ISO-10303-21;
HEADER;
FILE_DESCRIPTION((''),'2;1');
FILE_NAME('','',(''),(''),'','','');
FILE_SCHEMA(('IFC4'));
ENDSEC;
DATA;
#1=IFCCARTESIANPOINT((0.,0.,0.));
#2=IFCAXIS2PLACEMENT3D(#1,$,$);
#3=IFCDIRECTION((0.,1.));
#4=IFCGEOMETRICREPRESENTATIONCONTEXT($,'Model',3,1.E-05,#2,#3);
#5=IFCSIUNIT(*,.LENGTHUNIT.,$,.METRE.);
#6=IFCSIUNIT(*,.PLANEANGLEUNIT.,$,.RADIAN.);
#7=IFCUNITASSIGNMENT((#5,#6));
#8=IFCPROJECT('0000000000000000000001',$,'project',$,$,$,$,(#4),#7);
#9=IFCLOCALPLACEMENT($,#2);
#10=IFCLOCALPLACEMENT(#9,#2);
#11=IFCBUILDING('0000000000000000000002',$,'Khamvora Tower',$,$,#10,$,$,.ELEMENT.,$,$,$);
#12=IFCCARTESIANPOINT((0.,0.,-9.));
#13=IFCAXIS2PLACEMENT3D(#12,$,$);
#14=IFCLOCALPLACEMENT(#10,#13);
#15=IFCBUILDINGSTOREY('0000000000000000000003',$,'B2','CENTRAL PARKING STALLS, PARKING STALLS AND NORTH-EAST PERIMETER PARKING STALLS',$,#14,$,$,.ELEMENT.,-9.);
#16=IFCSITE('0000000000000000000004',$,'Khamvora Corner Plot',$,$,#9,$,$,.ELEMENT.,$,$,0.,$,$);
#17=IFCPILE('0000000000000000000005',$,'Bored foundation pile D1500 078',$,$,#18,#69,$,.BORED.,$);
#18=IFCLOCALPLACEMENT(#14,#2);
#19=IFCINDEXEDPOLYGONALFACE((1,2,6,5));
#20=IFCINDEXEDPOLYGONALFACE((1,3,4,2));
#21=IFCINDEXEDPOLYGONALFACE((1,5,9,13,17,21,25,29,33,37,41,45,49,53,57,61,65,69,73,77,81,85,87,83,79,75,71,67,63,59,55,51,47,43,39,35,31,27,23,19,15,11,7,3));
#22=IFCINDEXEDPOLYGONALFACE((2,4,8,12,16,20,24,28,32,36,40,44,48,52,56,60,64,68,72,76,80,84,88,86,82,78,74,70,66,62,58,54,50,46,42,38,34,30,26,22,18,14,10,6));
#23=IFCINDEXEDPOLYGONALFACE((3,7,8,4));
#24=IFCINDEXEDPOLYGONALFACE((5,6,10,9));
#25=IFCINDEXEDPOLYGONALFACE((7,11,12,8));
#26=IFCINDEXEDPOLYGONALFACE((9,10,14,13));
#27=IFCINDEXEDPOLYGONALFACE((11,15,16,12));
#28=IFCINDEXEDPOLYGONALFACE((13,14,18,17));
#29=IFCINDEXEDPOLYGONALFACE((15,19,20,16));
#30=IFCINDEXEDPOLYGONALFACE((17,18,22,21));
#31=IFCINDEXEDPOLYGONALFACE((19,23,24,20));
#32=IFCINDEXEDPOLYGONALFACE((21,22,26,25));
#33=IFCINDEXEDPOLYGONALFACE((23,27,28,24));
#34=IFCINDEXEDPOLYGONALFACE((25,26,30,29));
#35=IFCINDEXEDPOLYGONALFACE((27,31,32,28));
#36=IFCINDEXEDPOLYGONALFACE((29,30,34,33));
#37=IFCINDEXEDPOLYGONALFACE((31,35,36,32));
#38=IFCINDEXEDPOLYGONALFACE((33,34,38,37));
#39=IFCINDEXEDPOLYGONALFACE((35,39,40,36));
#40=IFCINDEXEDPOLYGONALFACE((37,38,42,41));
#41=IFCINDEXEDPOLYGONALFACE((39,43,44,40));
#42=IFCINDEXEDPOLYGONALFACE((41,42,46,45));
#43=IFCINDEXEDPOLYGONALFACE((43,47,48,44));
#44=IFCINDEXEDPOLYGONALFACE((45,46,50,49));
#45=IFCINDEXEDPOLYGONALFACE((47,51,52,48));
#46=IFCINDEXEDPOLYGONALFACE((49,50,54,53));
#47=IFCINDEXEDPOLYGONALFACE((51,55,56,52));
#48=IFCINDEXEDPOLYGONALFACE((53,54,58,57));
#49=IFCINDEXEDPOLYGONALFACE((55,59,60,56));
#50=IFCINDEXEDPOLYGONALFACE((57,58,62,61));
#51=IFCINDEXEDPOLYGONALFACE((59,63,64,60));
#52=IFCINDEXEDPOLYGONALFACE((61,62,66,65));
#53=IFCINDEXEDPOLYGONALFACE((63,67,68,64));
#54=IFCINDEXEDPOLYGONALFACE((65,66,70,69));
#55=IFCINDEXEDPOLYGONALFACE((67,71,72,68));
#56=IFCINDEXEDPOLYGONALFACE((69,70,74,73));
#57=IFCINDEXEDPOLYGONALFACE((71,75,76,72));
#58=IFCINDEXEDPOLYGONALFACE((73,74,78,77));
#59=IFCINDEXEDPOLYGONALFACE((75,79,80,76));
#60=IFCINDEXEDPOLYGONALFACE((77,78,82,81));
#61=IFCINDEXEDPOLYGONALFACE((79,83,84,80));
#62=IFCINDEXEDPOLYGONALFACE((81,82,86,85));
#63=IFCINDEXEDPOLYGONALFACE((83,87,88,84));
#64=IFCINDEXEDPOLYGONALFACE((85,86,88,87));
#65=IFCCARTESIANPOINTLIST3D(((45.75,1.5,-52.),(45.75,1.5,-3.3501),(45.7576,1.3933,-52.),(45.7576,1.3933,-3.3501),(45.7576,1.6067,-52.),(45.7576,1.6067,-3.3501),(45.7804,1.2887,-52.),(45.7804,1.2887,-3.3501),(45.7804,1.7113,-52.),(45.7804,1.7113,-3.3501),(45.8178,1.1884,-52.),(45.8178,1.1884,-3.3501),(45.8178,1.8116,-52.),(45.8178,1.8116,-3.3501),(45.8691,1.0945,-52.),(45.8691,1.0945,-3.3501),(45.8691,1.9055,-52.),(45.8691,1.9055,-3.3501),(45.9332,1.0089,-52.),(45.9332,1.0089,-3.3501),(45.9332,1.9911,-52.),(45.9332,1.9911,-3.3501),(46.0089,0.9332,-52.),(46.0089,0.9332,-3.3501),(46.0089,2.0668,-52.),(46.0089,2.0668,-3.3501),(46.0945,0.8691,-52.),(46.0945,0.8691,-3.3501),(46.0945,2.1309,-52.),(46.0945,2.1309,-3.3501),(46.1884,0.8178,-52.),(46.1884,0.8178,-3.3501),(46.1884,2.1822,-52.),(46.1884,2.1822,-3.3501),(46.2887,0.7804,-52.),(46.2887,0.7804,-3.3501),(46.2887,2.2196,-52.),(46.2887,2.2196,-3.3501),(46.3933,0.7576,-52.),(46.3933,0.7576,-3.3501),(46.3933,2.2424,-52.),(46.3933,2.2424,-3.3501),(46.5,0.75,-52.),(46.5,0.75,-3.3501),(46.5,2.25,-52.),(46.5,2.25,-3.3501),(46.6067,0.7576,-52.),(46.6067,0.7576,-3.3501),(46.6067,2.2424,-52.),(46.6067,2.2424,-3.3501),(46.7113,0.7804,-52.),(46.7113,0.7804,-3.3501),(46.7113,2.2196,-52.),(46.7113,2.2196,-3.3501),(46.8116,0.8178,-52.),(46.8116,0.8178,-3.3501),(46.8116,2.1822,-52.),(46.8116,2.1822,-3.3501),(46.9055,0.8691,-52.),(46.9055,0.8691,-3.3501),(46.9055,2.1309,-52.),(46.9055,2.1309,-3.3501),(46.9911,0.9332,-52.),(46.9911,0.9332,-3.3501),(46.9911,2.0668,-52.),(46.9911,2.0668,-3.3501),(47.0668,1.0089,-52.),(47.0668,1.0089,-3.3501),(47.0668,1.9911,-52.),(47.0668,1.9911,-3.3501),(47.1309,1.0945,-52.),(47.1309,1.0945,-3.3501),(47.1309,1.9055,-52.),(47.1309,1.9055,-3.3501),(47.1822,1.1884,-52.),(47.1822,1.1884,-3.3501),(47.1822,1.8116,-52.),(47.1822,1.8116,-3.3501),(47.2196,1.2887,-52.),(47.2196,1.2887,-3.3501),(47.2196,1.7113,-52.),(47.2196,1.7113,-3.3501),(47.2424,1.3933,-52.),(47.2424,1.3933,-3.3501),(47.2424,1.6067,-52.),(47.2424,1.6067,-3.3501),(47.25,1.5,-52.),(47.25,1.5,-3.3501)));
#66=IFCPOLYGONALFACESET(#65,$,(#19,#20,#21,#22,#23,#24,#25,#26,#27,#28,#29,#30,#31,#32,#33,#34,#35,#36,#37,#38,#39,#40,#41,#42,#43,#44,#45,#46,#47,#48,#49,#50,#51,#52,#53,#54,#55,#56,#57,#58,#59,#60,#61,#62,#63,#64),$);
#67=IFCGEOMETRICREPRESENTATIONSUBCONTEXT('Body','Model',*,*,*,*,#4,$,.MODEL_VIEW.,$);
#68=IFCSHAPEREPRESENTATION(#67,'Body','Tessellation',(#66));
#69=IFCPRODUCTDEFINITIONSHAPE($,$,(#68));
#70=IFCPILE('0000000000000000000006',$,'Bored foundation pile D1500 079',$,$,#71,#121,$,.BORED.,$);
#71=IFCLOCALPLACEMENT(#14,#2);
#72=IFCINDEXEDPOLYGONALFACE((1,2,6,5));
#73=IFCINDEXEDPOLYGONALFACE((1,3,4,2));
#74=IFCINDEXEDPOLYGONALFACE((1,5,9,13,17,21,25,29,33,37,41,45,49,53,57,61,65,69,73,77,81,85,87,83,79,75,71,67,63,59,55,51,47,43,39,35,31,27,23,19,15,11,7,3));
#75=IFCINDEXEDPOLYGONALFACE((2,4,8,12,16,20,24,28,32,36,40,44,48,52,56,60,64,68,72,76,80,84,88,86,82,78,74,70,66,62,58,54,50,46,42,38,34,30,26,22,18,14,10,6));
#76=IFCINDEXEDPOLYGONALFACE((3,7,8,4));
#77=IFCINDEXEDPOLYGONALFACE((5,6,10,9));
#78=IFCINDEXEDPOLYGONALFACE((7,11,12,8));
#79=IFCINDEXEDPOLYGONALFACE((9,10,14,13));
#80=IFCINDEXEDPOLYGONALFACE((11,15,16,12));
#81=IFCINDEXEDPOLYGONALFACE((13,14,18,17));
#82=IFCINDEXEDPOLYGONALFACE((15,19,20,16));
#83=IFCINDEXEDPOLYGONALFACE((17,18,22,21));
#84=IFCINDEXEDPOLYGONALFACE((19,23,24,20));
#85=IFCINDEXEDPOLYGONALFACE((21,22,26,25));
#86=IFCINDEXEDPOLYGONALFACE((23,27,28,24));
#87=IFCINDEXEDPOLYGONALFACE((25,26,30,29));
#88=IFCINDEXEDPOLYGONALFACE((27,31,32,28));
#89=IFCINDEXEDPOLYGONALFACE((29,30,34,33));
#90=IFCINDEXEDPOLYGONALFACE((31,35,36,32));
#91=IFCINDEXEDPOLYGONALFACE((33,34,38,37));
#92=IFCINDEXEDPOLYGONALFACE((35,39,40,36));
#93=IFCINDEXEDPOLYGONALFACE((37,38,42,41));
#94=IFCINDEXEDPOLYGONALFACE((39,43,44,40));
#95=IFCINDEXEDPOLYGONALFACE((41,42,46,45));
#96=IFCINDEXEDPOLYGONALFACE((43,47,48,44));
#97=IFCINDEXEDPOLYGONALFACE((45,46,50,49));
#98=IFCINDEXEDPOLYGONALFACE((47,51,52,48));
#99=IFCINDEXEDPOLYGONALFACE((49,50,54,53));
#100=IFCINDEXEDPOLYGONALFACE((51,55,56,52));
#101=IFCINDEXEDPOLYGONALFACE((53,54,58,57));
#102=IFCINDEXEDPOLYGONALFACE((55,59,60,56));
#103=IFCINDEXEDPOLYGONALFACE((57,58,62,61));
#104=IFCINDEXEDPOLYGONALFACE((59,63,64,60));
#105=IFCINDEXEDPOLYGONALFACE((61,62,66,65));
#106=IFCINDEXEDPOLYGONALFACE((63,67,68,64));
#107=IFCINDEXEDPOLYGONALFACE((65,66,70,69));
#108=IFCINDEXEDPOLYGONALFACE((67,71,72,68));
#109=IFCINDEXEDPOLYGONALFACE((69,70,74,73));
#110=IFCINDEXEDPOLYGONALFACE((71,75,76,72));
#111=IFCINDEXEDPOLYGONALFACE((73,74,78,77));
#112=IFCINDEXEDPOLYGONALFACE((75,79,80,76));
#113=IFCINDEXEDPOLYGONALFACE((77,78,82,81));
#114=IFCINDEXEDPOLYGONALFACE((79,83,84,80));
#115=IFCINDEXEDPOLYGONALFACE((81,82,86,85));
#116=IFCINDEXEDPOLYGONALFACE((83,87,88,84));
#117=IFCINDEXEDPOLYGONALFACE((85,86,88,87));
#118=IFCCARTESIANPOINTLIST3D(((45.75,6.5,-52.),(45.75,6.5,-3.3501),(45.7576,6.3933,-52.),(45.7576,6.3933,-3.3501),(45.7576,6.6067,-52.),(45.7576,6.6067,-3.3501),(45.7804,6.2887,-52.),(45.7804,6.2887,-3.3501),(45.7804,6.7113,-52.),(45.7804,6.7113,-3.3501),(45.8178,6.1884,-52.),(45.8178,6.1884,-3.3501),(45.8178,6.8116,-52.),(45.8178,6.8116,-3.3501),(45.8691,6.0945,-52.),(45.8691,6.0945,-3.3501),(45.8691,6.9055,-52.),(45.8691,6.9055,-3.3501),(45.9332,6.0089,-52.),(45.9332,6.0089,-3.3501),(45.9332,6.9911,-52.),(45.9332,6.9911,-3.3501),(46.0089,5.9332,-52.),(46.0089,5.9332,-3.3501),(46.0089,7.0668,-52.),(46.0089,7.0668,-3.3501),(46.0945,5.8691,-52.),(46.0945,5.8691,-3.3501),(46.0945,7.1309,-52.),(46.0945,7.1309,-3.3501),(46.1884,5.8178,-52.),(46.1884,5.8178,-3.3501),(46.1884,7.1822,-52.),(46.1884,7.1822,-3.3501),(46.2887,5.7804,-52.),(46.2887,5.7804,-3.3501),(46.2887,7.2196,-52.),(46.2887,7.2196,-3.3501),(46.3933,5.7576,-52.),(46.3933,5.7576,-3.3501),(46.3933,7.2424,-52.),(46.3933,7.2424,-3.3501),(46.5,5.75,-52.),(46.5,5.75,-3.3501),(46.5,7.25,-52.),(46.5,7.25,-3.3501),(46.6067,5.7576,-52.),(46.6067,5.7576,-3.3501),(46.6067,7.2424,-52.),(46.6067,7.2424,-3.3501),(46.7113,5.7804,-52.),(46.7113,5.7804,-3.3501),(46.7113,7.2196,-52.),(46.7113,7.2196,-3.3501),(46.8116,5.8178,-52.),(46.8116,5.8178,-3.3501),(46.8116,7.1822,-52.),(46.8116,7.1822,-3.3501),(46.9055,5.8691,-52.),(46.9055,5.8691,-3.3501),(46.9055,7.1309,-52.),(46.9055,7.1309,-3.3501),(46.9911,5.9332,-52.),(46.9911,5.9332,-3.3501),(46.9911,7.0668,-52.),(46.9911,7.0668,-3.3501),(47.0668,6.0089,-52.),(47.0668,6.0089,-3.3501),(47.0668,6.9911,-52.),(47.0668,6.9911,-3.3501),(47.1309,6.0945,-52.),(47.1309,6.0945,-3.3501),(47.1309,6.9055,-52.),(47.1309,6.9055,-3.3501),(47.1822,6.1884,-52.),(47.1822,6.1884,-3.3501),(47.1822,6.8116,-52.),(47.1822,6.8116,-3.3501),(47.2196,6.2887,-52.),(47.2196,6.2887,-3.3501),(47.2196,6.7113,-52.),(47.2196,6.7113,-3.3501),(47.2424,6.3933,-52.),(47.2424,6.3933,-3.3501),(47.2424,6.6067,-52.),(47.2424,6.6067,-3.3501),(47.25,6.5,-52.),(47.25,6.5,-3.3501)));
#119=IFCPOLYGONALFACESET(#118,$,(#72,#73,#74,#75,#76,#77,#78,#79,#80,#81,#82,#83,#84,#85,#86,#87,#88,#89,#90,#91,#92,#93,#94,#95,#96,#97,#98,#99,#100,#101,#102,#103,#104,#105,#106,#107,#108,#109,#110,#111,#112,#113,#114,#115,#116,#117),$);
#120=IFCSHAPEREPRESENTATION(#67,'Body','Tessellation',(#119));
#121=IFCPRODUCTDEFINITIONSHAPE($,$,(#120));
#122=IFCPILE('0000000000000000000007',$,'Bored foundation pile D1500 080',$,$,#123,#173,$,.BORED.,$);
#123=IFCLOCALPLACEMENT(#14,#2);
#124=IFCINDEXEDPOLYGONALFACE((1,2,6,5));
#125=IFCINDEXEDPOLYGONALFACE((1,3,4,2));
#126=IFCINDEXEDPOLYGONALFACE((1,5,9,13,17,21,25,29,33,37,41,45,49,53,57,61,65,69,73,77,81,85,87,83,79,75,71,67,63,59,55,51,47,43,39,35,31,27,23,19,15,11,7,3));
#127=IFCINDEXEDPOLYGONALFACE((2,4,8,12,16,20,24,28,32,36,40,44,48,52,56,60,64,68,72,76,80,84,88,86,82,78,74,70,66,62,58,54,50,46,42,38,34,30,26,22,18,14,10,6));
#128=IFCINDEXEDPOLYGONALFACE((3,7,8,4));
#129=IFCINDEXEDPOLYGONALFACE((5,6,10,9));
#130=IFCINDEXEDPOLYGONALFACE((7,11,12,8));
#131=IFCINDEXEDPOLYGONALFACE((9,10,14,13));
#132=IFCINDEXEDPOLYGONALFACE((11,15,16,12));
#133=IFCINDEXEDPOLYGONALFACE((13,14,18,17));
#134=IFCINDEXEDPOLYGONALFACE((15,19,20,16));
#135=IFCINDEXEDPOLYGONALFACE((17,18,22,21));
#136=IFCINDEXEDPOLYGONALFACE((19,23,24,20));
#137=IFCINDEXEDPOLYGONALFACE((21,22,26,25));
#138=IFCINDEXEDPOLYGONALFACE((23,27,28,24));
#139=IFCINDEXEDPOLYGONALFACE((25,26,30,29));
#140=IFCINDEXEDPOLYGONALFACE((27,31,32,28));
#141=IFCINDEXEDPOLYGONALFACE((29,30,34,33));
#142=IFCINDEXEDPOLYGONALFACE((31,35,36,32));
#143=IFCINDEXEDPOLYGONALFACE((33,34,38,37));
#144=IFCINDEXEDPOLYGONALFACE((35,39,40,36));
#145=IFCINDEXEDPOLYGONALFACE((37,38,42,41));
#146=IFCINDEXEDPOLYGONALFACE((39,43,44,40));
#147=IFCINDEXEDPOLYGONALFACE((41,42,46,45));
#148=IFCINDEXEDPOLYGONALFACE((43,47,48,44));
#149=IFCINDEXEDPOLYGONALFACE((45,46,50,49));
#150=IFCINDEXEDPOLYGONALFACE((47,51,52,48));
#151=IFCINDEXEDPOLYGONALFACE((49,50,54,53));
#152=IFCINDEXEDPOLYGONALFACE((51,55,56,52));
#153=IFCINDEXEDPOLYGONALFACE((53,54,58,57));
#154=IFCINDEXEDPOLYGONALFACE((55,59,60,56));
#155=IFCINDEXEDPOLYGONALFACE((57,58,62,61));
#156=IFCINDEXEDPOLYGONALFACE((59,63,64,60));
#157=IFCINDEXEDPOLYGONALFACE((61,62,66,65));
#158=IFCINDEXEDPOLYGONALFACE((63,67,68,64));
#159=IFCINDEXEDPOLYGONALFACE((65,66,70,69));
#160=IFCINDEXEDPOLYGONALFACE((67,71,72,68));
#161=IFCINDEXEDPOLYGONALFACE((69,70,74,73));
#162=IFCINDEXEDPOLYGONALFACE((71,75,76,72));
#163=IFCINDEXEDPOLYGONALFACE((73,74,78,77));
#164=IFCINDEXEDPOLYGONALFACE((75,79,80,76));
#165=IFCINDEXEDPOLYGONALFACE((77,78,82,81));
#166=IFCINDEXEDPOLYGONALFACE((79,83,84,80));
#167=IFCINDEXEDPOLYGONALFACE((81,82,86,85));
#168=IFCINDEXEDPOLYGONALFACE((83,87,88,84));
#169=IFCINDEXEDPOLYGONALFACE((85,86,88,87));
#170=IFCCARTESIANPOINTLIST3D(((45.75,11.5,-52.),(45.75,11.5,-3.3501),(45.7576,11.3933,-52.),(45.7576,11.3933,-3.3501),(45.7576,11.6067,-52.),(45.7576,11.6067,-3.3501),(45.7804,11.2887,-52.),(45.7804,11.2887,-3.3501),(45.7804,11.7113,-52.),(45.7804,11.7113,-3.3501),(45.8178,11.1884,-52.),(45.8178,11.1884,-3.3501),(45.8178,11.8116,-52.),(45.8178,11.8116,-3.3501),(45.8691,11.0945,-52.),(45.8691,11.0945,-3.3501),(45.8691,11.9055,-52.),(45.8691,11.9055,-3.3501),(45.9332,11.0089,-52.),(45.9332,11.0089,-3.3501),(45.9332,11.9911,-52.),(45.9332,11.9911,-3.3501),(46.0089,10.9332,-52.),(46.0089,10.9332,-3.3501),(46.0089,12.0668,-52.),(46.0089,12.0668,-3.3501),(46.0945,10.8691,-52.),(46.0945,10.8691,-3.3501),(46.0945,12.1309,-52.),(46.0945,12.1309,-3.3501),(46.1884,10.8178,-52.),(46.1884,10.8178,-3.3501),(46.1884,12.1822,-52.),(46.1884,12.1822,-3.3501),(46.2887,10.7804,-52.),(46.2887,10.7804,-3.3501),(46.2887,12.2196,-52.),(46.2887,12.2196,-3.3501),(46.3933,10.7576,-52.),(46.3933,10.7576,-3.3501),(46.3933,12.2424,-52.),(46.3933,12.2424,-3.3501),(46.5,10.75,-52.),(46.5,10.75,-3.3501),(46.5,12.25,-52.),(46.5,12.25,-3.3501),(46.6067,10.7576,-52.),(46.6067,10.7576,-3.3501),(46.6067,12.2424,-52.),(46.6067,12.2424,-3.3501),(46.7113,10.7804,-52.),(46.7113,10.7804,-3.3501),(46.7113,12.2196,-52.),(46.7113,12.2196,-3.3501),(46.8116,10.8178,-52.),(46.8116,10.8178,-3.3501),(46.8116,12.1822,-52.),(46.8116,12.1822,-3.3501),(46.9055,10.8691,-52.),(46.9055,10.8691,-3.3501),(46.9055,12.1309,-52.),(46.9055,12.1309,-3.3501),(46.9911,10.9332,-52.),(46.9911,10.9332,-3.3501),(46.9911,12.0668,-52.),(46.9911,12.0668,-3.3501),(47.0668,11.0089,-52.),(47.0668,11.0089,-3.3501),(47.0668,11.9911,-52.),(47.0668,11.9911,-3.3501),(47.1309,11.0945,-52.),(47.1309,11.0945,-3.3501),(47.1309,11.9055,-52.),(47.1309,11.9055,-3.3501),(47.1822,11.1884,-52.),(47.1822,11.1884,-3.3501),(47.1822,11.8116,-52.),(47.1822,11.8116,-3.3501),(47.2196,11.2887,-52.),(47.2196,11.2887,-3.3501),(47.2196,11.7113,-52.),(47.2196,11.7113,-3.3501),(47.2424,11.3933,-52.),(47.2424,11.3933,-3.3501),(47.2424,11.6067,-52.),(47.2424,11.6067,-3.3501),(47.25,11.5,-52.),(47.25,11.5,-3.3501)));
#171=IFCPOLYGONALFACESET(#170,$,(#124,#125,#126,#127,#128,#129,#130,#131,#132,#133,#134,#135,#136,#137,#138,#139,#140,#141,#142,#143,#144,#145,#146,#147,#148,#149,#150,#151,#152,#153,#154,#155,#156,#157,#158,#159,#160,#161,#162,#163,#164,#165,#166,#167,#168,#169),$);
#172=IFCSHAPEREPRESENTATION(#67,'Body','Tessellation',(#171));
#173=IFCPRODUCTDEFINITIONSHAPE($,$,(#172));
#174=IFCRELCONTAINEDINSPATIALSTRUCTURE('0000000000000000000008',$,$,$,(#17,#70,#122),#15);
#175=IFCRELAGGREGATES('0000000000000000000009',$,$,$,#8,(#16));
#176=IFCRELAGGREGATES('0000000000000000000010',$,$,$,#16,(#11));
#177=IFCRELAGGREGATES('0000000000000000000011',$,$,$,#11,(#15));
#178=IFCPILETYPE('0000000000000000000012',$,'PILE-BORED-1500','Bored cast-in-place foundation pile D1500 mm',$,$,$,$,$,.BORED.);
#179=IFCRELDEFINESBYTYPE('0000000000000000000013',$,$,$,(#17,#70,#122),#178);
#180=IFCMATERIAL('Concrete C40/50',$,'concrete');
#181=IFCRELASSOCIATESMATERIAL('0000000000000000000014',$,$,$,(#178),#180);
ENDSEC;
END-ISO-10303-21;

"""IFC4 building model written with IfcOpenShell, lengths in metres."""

from ifc_helpers import new_model, si_unit, direction, frame, origin, origin_2d, place, context, subcontext, project, spatial, circle, extrude, material, material_profile, profile_set, type_object, element, save


model = new_model("IFC4")

# Units and contexts
model_context = context("Model", 3, precision=1e-05, world=origin(), true_north=direction((0.0, 1.0)))
body_context = subcontext(model_context, "Body", "Model", "MODEL_VIEW")
ifc_project = project(units=[si_unit("LENGTHUNIT", "METRE"), si_unit("PLANEANGLEUNIT", "RADIAN")], contexts=[model_context])

# Site, building, storey
site_placement = place(None, origin())
site = spatial("IfcSite", under=ifc_project, at=site_placement, Name="Khamvora Corner Plot", CompositionType="ELEMENT", RefElevation=0.0)
building_placement = place(site_placement, origin())
building = spatial("IfcBuilding", under=site, at=building_placement, Name="Khamvora Tower", CompositionType="ELEMENT")
storey_placement = place(building_placement, frame((0.0, 0.0, -9.0)))
storey = spatial("IfcBuildingStorey", under=building, at=storey_placement, Name="B2", Description="CENTRAL PARKING STALLS, PARKING STALLS AND NORTH-EAST PERIMETER PARKING STALLS", CompositionType="ELEMENT", Elevation=-9.0)

# Piles
ifc_material_1 = material(Name="Concrete C40/50", Category="concrete")
ifc_material_profile_1 = material_profile(ifc_material_1, circle(Radius=0.75, at=origin_2d()), Name="PILE_D1500")
ifc_profile_set_1 = profile_set([ifc_material_profile_1], Name="Concrete C40/50")
pile_type = type_object("IfcPileType", Name="PILE-BORED-1500", Description="Bored cast-in-place foundation pile D1500 mm", PredefinedType="BORED", material=ifc_profile_set_1)
for number, where, z_axis, x_axis, name in (
    (1, (46.5, 1.5, -3.3501), (0.0, 0.0, -1.0), (1.0, 0.0, 0.0), "Bored foundation pile D1500 078"),
    (2, (46.5, 6.5, -3.3501), (0.0, 0.0, -1.0), (1.0, 0.0, 0.0), "Bored foundation pile D1500 079"),
    (3, (46.5, 11.5, -3.3501), (0.0, 0.0, -1.0), (1.0, 0.0, 0.0), "Bored foundation pile D1500 080"),
):
    element("IfcPile", number, at=place(storey_placement, frame(where, z_axis=z_axis, x_axis=x_axis)), inside=storey, type_object=pile_type, Name=name, PredefinedType="BORED", context=body_context, shape_type="SweptSolid", body=[
        extrude(circle(Radius=0.75, at=origin_2d()), origin(), (0.0, 0.0, 1.0), 48.6499),
    ])

save(model, "model.ifc")
